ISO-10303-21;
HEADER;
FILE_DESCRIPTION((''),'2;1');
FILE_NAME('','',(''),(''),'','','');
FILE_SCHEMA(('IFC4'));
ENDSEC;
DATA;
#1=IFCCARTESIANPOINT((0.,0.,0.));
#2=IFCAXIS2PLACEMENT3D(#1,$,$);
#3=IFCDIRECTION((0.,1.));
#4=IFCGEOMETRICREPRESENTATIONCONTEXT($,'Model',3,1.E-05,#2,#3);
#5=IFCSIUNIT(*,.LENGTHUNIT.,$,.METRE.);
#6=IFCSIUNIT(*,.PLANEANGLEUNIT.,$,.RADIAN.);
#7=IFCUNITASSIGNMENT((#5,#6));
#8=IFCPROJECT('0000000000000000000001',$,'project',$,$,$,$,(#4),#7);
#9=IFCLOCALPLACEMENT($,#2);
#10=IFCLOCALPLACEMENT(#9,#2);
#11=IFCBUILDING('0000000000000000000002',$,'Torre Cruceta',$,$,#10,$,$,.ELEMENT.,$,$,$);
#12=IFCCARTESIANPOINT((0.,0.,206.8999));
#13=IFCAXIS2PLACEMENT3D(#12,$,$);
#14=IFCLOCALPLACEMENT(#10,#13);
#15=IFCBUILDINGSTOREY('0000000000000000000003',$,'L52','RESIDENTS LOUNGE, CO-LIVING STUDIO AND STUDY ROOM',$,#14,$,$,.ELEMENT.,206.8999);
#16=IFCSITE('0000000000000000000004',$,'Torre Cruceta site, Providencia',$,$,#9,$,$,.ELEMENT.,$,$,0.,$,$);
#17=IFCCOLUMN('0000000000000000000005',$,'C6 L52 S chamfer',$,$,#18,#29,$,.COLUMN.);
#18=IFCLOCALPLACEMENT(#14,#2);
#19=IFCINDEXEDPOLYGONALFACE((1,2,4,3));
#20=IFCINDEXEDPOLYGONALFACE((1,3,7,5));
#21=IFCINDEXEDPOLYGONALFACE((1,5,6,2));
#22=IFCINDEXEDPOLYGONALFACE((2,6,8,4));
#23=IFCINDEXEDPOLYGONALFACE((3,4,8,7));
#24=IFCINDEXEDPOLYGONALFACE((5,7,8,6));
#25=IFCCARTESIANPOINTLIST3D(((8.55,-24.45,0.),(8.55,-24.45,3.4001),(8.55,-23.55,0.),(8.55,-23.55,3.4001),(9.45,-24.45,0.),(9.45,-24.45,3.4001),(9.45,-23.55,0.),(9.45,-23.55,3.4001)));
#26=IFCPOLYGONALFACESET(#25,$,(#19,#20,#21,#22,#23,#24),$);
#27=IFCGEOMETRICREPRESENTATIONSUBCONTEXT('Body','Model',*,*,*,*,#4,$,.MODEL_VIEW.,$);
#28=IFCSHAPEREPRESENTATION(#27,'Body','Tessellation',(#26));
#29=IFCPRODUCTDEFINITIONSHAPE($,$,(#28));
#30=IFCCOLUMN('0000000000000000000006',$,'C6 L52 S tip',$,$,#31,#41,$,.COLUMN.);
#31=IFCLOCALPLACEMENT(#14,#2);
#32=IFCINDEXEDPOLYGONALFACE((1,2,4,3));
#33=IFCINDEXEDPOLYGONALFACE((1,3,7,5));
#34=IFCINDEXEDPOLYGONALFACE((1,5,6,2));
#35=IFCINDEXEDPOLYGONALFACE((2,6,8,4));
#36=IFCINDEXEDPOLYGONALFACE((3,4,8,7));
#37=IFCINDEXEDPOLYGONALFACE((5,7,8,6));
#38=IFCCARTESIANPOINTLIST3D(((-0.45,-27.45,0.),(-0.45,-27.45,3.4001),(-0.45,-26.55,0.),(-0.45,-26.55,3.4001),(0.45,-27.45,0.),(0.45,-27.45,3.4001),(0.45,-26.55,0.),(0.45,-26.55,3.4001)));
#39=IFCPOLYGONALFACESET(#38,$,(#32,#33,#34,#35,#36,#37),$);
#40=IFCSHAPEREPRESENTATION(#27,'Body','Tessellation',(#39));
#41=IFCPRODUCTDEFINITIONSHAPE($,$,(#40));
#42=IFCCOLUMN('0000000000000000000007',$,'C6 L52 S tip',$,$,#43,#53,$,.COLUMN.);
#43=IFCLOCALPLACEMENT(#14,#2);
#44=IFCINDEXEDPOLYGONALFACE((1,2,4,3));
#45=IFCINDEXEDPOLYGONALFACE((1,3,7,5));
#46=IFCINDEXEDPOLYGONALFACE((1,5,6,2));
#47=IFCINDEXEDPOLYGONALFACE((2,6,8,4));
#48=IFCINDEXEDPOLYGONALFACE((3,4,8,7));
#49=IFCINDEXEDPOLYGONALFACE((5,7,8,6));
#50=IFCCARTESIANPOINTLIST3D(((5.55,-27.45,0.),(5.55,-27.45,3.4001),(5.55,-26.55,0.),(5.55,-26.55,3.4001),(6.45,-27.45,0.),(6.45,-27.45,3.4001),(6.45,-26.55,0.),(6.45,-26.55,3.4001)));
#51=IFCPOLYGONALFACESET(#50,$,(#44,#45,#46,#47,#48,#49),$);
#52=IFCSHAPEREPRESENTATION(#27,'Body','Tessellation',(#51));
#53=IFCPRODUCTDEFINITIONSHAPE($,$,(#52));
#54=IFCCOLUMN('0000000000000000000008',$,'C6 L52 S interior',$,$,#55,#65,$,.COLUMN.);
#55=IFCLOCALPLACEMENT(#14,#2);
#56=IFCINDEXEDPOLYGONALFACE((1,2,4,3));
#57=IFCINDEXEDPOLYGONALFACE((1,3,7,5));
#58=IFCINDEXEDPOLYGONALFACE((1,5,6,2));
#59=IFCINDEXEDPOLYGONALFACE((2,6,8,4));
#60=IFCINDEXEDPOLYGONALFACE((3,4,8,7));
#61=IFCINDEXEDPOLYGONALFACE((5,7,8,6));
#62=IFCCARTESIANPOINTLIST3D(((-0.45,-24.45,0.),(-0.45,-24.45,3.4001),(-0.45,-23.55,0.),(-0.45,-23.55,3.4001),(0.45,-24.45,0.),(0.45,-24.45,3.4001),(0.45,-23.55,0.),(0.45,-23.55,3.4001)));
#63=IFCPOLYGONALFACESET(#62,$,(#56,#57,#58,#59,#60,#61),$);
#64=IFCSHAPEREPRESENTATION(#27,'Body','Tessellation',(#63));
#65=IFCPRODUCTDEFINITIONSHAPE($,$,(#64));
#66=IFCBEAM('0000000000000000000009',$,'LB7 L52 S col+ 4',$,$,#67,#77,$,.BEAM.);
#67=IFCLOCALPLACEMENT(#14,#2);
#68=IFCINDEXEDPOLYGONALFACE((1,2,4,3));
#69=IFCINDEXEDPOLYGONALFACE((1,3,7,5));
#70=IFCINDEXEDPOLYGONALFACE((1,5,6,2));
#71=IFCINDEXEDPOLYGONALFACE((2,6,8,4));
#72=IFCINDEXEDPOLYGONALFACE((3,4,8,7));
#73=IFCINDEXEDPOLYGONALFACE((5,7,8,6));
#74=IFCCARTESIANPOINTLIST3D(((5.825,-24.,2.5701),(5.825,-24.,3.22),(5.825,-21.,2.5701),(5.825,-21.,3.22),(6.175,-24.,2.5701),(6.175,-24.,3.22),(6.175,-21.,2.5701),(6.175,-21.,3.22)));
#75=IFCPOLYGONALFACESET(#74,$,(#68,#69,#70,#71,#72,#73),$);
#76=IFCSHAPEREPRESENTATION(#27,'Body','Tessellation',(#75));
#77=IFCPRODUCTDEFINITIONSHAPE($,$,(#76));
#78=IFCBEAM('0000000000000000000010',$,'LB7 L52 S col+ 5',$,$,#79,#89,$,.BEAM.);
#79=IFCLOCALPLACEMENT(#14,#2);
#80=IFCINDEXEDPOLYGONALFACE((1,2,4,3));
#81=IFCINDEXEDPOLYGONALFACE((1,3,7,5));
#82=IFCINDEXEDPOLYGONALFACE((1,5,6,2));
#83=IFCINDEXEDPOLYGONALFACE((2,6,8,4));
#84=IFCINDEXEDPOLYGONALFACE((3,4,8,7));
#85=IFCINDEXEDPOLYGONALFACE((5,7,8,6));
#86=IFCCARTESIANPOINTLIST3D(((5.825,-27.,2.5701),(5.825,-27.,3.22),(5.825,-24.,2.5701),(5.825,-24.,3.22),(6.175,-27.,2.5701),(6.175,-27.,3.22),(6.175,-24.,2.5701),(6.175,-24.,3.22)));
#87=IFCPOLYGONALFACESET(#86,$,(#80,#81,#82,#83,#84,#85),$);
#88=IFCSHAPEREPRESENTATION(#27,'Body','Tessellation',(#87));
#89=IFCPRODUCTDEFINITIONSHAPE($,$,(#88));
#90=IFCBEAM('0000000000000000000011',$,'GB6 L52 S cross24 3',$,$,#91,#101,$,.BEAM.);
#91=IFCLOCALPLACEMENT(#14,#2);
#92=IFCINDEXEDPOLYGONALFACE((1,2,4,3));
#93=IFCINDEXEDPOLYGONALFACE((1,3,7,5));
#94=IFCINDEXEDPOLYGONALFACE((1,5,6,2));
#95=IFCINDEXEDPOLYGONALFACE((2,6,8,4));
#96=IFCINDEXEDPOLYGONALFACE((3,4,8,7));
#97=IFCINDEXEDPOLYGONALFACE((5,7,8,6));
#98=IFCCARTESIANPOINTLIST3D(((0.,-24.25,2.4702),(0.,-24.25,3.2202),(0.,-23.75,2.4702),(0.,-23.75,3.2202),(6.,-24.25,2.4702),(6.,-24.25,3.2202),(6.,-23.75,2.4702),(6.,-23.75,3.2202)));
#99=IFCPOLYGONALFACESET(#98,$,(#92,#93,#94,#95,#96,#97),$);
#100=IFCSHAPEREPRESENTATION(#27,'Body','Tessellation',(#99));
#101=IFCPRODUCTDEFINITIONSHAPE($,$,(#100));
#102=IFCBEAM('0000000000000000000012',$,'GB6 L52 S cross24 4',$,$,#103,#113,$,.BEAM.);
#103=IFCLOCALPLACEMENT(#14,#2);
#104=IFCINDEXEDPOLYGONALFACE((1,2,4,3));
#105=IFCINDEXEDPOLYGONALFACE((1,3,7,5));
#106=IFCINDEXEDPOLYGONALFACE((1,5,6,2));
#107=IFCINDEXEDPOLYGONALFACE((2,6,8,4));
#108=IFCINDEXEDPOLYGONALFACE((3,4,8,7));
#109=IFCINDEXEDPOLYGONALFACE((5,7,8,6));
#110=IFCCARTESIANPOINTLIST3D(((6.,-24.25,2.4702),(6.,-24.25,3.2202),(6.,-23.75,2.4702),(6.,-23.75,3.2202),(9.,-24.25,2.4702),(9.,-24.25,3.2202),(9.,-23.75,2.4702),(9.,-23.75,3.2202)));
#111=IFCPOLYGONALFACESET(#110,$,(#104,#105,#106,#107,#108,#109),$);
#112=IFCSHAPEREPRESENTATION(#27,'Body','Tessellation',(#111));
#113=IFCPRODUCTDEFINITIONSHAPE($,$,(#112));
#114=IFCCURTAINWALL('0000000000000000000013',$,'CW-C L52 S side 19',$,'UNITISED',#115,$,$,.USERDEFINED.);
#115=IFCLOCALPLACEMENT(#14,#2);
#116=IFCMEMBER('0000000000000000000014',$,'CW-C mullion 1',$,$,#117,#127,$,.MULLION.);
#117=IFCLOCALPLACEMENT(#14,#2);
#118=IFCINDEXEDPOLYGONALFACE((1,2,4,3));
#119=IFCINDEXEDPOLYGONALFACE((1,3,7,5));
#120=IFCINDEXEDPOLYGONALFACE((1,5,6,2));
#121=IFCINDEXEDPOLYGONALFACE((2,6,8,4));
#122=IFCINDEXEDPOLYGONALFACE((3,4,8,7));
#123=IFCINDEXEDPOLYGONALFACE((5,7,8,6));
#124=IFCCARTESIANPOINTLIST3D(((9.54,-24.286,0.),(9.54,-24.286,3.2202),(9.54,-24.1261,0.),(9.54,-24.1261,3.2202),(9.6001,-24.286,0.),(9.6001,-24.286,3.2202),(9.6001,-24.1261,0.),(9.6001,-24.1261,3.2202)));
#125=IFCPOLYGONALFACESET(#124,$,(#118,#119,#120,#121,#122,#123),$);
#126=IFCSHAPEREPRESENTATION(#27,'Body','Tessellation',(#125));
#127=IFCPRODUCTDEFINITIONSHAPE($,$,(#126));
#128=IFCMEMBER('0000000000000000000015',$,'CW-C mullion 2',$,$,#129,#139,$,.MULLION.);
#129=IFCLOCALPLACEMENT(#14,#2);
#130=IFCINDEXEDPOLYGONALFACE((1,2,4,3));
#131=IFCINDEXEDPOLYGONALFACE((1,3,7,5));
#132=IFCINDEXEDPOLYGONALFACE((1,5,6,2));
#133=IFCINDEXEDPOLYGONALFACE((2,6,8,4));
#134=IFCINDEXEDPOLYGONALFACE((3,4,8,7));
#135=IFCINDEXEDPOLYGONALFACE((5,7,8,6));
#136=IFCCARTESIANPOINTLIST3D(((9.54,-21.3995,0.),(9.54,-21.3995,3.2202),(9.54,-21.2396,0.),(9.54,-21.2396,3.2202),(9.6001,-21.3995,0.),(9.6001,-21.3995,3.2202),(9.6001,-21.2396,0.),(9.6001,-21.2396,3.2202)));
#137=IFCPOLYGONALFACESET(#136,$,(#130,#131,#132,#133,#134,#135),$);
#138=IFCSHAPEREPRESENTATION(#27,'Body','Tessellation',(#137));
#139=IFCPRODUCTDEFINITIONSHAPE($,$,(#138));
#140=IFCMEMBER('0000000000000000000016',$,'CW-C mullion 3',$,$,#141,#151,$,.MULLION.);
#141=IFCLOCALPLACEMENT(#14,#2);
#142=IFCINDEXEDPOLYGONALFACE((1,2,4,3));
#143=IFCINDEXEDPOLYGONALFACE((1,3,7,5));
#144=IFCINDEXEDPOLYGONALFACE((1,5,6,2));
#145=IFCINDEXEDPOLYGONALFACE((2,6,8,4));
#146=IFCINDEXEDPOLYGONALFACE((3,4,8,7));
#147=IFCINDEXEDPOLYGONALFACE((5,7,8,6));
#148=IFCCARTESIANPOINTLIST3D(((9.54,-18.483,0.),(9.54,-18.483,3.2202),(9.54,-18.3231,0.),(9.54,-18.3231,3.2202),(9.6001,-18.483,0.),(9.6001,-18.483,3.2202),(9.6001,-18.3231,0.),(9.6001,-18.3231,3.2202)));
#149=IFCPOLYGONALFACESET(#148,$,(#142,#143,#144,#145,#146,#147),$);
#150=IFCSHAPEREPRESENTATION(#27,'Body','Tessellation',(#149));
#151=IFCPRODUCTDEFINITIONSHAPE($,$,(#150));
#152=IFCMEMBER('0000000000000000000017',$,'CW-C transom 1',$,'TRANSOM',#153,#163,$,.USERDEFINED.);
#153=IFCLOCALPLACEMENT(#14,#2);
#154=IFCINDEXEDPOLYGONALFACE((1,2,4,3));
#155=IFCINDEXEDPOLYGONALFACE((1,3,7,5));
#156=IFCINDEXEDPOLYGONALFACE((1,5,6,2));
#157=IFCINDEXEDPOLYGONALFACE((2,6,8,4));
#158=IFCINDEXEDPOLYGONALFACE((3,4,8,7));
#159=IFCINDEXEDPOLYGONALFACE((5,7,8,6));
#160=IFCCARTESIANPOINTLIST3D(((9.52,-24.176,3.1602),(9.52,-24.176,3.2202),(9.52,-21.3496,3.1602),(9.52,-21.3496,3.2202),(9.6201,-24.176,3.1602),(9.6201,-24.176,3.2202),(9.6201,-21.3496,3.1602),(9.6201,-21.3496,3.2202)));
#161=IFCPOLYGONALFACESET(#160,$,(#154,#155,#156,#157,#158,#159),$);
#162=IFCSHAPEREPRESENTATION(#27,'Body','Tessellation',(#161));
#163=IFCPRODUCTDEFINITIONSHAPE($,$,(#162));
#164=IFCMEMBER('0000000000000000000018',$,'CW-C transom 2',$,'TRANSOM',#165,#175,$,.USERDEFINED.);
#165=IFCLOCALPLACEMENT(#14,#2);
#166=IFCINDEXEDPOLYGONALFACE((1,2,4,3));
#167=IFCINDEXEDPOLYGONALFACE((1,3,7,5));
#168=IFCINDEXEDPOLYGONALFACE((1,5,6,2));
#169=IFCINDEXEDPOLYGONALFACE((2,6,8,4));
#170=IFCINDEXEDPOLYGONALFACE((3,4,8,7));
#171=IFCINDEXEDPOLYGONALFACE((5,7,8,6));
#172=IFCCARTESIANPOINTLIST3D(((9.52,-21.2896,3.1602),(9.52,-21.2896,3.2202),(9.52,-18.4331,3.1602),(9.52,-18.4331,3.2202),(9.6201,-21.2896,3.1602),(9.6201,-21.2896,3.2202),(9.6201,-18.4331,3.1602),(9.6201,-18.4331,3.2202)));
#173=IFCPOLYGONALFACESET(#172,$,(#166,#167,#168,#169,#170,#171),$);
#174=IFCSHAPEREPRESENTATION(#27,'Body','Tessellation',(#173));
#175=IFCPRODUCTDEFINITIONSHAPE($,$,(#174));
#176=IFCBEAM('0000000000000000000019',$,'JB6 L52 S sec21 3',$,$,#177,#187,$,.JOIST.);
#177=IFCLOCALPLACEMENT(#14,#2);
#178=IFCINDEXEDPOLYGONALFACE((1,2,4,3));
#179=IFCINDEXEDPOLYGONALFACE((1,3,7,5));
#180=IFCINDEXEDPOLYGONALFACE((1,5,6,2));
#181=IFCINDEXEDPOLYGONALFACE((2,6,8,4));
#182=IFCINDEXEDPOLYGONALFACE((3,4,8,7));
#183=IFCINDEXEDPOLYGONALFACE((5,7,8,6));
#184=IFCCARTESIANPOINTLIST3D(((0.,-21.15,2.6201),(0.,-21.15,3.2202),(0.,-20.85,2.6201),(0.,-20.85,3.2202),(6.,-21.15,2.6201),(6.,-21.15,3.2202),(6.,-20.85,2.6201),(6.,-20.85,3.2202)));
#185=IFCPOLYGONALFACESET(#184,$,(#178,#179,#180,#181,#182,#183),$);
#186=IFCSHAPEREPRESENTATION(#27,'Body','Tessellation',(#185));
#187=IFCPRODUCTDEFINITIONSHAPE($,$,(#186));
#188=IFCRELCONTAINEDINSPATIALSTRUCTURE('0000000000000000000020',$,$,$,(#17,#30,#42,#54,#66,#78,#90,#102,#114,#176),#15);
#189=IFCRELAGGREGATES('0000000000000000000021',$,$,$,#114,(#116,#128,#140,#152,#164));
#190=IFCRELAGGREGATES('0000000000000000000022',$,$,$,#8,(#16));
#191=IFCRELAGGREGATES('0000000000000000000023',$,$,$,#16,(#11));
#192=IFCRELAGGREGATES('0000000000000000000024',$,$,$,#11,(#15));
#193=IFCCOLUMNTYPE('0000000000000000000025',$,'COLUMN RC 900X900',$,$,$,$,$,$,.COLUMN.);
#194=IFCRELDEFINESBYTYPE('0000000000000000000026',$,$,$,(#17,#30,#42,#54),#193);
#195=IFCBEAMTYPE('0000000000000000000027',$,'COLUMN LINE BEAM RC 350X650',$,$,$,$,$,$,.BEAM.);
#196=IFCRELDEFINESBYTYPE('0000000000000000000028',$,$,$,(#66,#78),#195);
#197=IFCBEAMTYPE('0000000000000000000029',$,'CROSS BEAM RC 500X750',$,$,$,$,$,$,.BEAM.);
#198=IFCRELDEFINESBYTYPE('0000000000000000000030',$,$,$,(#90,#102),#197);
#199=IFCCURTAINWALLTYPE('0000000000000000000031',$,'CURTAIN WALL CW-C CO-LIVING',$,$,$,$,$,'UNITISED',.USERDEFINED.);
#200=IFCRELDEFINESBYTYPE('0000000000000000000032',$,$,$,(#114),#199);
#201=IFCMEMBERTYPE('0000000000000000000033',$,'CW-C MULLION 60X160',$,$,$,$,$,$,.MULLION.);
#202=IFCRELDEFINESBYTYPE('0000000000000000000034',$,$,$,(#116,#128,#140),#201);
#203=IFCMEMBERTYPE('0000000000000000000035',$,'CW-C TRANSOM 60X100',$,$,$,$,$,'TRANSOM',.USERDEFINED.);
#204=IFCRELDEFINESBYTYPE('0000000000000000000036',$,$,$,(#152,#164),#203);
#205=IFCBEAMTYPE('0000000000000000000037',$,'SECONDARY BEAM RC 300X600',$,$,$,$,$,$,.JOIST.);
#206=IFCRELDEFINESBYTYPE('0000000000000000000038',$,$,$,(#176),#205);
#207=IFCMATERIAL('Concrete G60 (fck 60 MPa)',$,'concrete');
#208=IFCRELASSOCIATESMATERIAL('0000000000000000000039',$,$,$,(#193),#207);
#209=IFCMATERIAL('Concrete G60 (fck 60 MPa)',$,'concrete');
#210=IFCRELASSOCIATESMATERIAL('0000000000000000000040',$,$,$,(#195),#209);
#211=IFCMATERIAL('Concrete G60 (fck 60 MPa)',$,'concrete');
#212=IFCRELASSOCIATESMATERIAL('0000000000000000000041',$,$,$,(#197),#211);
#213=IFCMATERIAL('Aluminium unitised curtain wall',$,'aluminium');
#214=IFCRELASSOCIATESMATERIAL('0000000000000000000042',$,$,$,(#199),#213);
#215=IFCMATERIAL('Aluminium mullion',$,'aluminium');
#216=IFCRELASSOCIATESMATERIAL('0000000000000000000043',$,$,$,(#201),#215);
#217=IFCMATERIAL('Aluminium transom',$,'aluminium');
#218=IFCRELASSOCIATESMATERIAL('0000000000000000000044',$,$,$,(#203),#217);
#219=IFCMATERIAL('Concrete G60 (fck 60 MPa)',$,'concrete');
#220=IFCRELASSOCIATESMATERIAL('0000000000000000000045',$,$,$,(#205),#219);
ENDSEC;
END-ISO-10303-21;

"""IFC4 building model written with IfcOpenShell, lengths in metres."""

from ifc_helpers import new_model, si_unit, direction, frame, origin, origin_2d, place, context, subcontext, project, spatial, rectangle, extrude, material, material_profile, profile_set, type_object, element, aggregate, save


model = new_model("IFC4")

# Units and contexts
model_context = context("Model", 3, precision=1e-05, world=origin(), true_north=direction((0.0, 1.0)))
body_context = subcontext(model_context, "Body", "Model", "MODEL_VIEW")
ifc_project = project(units=[si_unit("LENGTHUNIT", "METRE"), si_unit("PLANEANGLEUNIT", "RADIAN")], contexts=[model_context])

# Site, building, storey
site_placement = place(None, origin())
site = spatial("IfcSite", under=ifc_project, at=site_placement, Name="Torre Cruceta site, Providencia", CompositionType="ELEMENT", RefElevation=0.0)
building_placement = place(site_placement, origin())
building = spatial("IfcBuilding", under=site, at=building_placement, Name="Torre Cruceta", CompositionType="ELEMENT")
storey_placement = place(building_placement, frame((0.0, 0.0, 206.8999)))
storey = spatial("IfcBuildingStorey", under=building, at=storey_placement, Name="L52", Description="RESIDENTS LOUNGE, CO-LIVING STUDIO AND STUDY ROOM", CompositionType="ELEMENT", Elevation=206.8999)

# Columns
ifc_material_1 = material(Name="Concrete G60 (fck 60 MPa)", Category="concrete")
ifc_material_profile_1 = material_profile(ifc_material_1, rectangle(XDim=0.8999, YDim=0.8999, at=origin_2d()), Name="RC 900X900")
ifc_profile_set_1 = profile_set([ifc_material_profile_1], Name="Concrete G60 (fck 60 MPa)")
column_type = type_object("IfcColumnType", Name="COLUMN RC 900X900", PredefinedType="COLUMN", material=ifc_profile_set_1)
for number, where, z_axis, x_axis, name in (
    (1, (9.0, -24.0, 0.0), (0.0, 0.0, 1.0), (1.0, 0.0, 0.0), "C6 L52 S chamfer"),
    (2, (0.0, -27.0, 0.0), (0.0, 0.0, 1.0), (1.0, 0.0, 0.0), "C6 L52 S tip"),
    (3, (6.0, -27.0, 0.0), (0.0, 0.0, 1.0), (1.0, 0.0, 0.0), "C6 L52 S tip"),
    (4, (0.0, -24.0, 0.0), (0.0, 0.0, 1.0), (1.0, 0.0, 0.0), "C6 L52 S interior"),
):
    element("IfcColumn", number, at=place(storey_placement, frame(where, z_axis=z_axis, x_axis=x_axis)), inside=storey, type_object=column_type, Name=name, PredefinedType="COLUMN", context=body_context, shape_type="SweptSolid", body=[
        extrude(rectangle(XDim=0.8999, YDim=0.8999, at=origin_2d()), origin(), (0.0, 0.0, 1.0), 3.4001),
    ])

# Beams
ifc_material_2 = material(Name="Concrete G60 (fck 60 MPa)", Category="concrete")
ifc_material_profile_2 = material_profile(ifc_material_2, rectangle(XDim=0.3501, YDim=0.6499, at=origin_2d()), Name="RC 350X650")
ifc_profile_set_2 = profile_set([ifc_material_profile_2], Name="Concrete G60 (fck 60 MPa)")
beam_type_1 = type_object("IfcBeamType", Name="COLUMN LINE BEAM RC 350X650", PredefinedType="BEAM", material=ifc_profile_set_2)
for number, where, z_axis, x_axis, name in (
    (5, (6.0, -21.0, 2.895), (0.0, -1.0, 0.0), (1.0, 0.0, 0.0), "LB7 L52 S col+ 4"),
    (6, (6.0, -24.0, 2.895), (0.0, -1.0, 0.0), (1.0, 0.0, 0.0), "LB7 L52 S col+ 5"),
):
    element("IfcBeam", number, at=place(storey_placement, frame(where, z_axis=z_axis, x_axis=x_axis)), inside=storey, type_object=beam_type_1, Name=name, PredefinedType="BEAM", context=body_context, shape_type="SweptSolid", body=[
        extrude(rectangle(XDim=0.3501, YDim=0.6499, at=origin_2d()), origin(), (0.0, 0.0, 1.0), 3.0),
    ])
ifc_material_3 = material(Name="Concrete G60 (fck 60 MPa)", Category="concrete")
ifc_material_profile_3 = material_profile(ifc_material_3, rectangle(XDim=0.5, YDim=0.75, at=origin_2d()), Name="RC 500X750")
ifc_profile_set_3 = profile_set([ifc_material_profile_3], Name="Concrete G60 (fck 60 MPa)")
beam_type_2 = type_object("IfcBeamType", Name="CROSS BEAM RC 500X750", PredefinedType="BEAM", material=ifc_profile_set_3)
beam_1_placement = place(storey_placement, frame((0.0, -24.0, 2.8452), z_axis=(1.0, 0.0, 0.0), x_axis=(0.0, 1.0, 0.0)))
element("IfcBeam", 7, at=beam_1_placement, inside=storey, type_object=beam_type_2, Name="GB6 L52 S cross24 3", PredefinedType="BEAM", context=body_context, shape_type="SweptSolid", body=[
    extrude(rectangle(XDim=0.5, YDim=0.75, at=origin_2d()), origin(), (0.0, 0.0, 1.0), 6.0),
])
beam_2_placement = place(storey_placement, frame((6.0, -24.0, 2.8452), z_axis=(1.0, 0.0, 0.0), x_axis=(0.0, 1.0, 0.0)))
element("IfcBeam", 8, at=beam_2_placement, inside=storey, type_object=beam_type_2, Name="GB6 L52 S cross24 4", PredefinedType="BEAM", context=body_context, shape_type="SweptSolid", body=[
    extrude(rectangle(XDim=0.5, YDim=0.75, at=origin_2d()), origin(), (0.0, 0.0, 1.0), 3.0),
])

# Curtain wall, members
ifc_material_4 = material(Name="Aluminium unitised curtain wall", Category="aluminium")
curtain_wall_type = type_object("IfcCurtainWallType", Name="CURTAIN WALL CW-C CO-LIVING", ElementType="UNITISED", PredefinedType="USERDEFINED", material=ifc_material_4)
curtain_wall_placement = place(storey_placement, origin())
curtain_wall = element("IfcCurtainWall", 9, at=curtain_wall_placement, inside=storey, type_object=curtain_wall_type, Name="CW-C L52 S side 19", ObjectType="UNITISED", PredefinedType="USERDEFINED")
ifc_material_5 = material(Name="Aluminium mullion", Category="aluminium")
ifc_material_profile_4 = material_profile(ifc_material_5, rectangle(XDim=0.0601, YDim=0.1599, at=origin_2d()), Name="AL 60X160")
ifc_profile_set_4 = profile_set([ifc_material_profile_4], Name="Aluminium mullion")
member_type_1 = type_object("IfcMemberType", Name="CW-C MULLION 60X160", PredefinedType="MULLION", material=ifc_profile_set_4)
member_1_placement = place(storey_placement, frame((9.5701, -24.2061, 0.0), z_axis=(0.0, 0.0, 1.0), x_axis=(-1.0, 0.0, 0.0)))
member_1 = element("IfcMember", 10, at=member_1_placement, type_object=member_type_1, Name="CW-C mullion 1", PredefinedType="MULLION", context=body_context, shape_type="SweptSolid", body=[
    extrude(rectangle(XDim=0.0601, YDim=0.1599, at=origin_2d()), origin(), (0.0, 0.0, 1.0), 3.2202),
])
member_2_placement = place(storey_placement, frame((9.5701, -21.3196, 0.0), z_axis=(0.0, 0.0, 1.0), x_axis=(-1.0, 0.0, 0.0)))
member_2 = element("IfcMember", 11, at=member_2_placement, type_object=member_type_1, Name="CW-C mullion 2", PredefinedType="MULLION", context=body_context, shape_type="SweptSolid", body=[
    extrude(rectangle(XDim=0.0601, YDim=0.1599, at=origin_2d()), origin(), (0.0, 0.0, 1.0), 3.2202),
])
member_3_placement = place(storey_placement, frame((9.5701, -18.4031, 0.0), z_axis=(0.0, 0.0, 1.0), x_axis=(-1.0, 0.0, 0.0)))
member_3 = element("IfcMember", 12, at=member_3_placement, type_object=member_type_1, Name="CW-C mullion 3", PredefinedType="MULLION", context=body_context, shape_type="SweptSolid", body=[
    extrude(rectangle(XDim=0.0601, YDim=0.1599, at=origin_2d()), origin(), (0.0, 0.0, 1.0), 3.2202),
])
ifc_material_6 = material(Name="Aluminium transom", Category="aluminium")
ifc_material_profile_5 = material_profile(ifc_material_6, rectangle(XDim=0.1001, YDim=0.0601, at=origin_2d()), Name="AL 100X60")
ifc_profile_set_5 = profile_set([ifc_material_profile_5], Name="Aluminium transom")
member_type_2 = type_object("IfcMemberType", Name="CW-C TRANSOM 60X100", ElementType="TRANSOM", PredefinedType="USERDEFINED", material=ifc_profile_set_5)
member_4_placement = place(storey_placement, frame((9.5701, -24.176, 3.1902), z_axis=(0.0, 1.0, 0.0), x_axis=(-1.0, 0.0, 0.0)))
member_4 = element("IfcMember", 13, at=member_4_placement, type_object=member_type_2, Name="CW-C transom 1", ObjectType="TRANSOM", PredefinedType="USERDEFINED", context=body_context, shape_type="SweptSolid", body=[
    extrude(rectangle(XDim=0.1001, YDim=0.0601, at=origin_2d()), origin(), (0.0, 0.0, 1.0), 2.8264),
])
member_5_placement = place(storey_placement, frame((9.5701, -21.2896, 3.1902), z_axis=(0.0, 1.0, 0.0), x_axis=(-1.0, 0.0, 0.0)))
member_5 = element("IfcMember", 14, at=member_5_placement, type_object=member_type_2, Name="CW-C transom 2", ObjectType="TRANSOM", PredefinedType="USERDEFINED", context=body_context, shape_type="SweptSolid", body=[
    extrude(rectangle(XDim=0.1001, YDim=0.0601, at=origin_2d()), origin(), (0.0, 0.0, 1.0), 2.8564),
])

# Beam
ifc_material_7 = material(Name="Concrete G60 (fck 60 MPa)", Category="concrete")
ifc_material_profile_6 = material_profile(ifc_material_7, rectangle(XDim=0.3, YDim=0.6001, at=origin_2d()), Name="RC 300X600")
ifc_profile_set_6 = profile_set([ifc_material_profile_6], Name="Concrete G60 (fck 60 MPa)")
beam_type_3 = type_object("IfcBeamType", Name="SECONDARY BEAM RC 300X600", PredefinedType="JOIST", material=ifc_profile_set_6)
beam_3_placement = place(storey_placement, frame((0.0, -21.0, 2.9202), z_axis=(1.0, 0.0, 0.0), x_axis=(0.0, 1.0, 0.0)))
element("IfcBeam", 15, at=beam_3_placement, inside=storey, type_object=beam_type_3, Name="JB6 L52 S sec21 3", PredefinedType="JOIST", context=body_context, shape_type="SweptSolid", body=[
    extrude(rectangle(XDim=0.3, YDim=0.6001, at=origin_2d()), origin(), (0.0, 0.0, 1.0), 6.0),
])

aggregate(curtain_wall, [member_1, member_2, member_3, member_4, member_5])

save(model, "model.ifc")
